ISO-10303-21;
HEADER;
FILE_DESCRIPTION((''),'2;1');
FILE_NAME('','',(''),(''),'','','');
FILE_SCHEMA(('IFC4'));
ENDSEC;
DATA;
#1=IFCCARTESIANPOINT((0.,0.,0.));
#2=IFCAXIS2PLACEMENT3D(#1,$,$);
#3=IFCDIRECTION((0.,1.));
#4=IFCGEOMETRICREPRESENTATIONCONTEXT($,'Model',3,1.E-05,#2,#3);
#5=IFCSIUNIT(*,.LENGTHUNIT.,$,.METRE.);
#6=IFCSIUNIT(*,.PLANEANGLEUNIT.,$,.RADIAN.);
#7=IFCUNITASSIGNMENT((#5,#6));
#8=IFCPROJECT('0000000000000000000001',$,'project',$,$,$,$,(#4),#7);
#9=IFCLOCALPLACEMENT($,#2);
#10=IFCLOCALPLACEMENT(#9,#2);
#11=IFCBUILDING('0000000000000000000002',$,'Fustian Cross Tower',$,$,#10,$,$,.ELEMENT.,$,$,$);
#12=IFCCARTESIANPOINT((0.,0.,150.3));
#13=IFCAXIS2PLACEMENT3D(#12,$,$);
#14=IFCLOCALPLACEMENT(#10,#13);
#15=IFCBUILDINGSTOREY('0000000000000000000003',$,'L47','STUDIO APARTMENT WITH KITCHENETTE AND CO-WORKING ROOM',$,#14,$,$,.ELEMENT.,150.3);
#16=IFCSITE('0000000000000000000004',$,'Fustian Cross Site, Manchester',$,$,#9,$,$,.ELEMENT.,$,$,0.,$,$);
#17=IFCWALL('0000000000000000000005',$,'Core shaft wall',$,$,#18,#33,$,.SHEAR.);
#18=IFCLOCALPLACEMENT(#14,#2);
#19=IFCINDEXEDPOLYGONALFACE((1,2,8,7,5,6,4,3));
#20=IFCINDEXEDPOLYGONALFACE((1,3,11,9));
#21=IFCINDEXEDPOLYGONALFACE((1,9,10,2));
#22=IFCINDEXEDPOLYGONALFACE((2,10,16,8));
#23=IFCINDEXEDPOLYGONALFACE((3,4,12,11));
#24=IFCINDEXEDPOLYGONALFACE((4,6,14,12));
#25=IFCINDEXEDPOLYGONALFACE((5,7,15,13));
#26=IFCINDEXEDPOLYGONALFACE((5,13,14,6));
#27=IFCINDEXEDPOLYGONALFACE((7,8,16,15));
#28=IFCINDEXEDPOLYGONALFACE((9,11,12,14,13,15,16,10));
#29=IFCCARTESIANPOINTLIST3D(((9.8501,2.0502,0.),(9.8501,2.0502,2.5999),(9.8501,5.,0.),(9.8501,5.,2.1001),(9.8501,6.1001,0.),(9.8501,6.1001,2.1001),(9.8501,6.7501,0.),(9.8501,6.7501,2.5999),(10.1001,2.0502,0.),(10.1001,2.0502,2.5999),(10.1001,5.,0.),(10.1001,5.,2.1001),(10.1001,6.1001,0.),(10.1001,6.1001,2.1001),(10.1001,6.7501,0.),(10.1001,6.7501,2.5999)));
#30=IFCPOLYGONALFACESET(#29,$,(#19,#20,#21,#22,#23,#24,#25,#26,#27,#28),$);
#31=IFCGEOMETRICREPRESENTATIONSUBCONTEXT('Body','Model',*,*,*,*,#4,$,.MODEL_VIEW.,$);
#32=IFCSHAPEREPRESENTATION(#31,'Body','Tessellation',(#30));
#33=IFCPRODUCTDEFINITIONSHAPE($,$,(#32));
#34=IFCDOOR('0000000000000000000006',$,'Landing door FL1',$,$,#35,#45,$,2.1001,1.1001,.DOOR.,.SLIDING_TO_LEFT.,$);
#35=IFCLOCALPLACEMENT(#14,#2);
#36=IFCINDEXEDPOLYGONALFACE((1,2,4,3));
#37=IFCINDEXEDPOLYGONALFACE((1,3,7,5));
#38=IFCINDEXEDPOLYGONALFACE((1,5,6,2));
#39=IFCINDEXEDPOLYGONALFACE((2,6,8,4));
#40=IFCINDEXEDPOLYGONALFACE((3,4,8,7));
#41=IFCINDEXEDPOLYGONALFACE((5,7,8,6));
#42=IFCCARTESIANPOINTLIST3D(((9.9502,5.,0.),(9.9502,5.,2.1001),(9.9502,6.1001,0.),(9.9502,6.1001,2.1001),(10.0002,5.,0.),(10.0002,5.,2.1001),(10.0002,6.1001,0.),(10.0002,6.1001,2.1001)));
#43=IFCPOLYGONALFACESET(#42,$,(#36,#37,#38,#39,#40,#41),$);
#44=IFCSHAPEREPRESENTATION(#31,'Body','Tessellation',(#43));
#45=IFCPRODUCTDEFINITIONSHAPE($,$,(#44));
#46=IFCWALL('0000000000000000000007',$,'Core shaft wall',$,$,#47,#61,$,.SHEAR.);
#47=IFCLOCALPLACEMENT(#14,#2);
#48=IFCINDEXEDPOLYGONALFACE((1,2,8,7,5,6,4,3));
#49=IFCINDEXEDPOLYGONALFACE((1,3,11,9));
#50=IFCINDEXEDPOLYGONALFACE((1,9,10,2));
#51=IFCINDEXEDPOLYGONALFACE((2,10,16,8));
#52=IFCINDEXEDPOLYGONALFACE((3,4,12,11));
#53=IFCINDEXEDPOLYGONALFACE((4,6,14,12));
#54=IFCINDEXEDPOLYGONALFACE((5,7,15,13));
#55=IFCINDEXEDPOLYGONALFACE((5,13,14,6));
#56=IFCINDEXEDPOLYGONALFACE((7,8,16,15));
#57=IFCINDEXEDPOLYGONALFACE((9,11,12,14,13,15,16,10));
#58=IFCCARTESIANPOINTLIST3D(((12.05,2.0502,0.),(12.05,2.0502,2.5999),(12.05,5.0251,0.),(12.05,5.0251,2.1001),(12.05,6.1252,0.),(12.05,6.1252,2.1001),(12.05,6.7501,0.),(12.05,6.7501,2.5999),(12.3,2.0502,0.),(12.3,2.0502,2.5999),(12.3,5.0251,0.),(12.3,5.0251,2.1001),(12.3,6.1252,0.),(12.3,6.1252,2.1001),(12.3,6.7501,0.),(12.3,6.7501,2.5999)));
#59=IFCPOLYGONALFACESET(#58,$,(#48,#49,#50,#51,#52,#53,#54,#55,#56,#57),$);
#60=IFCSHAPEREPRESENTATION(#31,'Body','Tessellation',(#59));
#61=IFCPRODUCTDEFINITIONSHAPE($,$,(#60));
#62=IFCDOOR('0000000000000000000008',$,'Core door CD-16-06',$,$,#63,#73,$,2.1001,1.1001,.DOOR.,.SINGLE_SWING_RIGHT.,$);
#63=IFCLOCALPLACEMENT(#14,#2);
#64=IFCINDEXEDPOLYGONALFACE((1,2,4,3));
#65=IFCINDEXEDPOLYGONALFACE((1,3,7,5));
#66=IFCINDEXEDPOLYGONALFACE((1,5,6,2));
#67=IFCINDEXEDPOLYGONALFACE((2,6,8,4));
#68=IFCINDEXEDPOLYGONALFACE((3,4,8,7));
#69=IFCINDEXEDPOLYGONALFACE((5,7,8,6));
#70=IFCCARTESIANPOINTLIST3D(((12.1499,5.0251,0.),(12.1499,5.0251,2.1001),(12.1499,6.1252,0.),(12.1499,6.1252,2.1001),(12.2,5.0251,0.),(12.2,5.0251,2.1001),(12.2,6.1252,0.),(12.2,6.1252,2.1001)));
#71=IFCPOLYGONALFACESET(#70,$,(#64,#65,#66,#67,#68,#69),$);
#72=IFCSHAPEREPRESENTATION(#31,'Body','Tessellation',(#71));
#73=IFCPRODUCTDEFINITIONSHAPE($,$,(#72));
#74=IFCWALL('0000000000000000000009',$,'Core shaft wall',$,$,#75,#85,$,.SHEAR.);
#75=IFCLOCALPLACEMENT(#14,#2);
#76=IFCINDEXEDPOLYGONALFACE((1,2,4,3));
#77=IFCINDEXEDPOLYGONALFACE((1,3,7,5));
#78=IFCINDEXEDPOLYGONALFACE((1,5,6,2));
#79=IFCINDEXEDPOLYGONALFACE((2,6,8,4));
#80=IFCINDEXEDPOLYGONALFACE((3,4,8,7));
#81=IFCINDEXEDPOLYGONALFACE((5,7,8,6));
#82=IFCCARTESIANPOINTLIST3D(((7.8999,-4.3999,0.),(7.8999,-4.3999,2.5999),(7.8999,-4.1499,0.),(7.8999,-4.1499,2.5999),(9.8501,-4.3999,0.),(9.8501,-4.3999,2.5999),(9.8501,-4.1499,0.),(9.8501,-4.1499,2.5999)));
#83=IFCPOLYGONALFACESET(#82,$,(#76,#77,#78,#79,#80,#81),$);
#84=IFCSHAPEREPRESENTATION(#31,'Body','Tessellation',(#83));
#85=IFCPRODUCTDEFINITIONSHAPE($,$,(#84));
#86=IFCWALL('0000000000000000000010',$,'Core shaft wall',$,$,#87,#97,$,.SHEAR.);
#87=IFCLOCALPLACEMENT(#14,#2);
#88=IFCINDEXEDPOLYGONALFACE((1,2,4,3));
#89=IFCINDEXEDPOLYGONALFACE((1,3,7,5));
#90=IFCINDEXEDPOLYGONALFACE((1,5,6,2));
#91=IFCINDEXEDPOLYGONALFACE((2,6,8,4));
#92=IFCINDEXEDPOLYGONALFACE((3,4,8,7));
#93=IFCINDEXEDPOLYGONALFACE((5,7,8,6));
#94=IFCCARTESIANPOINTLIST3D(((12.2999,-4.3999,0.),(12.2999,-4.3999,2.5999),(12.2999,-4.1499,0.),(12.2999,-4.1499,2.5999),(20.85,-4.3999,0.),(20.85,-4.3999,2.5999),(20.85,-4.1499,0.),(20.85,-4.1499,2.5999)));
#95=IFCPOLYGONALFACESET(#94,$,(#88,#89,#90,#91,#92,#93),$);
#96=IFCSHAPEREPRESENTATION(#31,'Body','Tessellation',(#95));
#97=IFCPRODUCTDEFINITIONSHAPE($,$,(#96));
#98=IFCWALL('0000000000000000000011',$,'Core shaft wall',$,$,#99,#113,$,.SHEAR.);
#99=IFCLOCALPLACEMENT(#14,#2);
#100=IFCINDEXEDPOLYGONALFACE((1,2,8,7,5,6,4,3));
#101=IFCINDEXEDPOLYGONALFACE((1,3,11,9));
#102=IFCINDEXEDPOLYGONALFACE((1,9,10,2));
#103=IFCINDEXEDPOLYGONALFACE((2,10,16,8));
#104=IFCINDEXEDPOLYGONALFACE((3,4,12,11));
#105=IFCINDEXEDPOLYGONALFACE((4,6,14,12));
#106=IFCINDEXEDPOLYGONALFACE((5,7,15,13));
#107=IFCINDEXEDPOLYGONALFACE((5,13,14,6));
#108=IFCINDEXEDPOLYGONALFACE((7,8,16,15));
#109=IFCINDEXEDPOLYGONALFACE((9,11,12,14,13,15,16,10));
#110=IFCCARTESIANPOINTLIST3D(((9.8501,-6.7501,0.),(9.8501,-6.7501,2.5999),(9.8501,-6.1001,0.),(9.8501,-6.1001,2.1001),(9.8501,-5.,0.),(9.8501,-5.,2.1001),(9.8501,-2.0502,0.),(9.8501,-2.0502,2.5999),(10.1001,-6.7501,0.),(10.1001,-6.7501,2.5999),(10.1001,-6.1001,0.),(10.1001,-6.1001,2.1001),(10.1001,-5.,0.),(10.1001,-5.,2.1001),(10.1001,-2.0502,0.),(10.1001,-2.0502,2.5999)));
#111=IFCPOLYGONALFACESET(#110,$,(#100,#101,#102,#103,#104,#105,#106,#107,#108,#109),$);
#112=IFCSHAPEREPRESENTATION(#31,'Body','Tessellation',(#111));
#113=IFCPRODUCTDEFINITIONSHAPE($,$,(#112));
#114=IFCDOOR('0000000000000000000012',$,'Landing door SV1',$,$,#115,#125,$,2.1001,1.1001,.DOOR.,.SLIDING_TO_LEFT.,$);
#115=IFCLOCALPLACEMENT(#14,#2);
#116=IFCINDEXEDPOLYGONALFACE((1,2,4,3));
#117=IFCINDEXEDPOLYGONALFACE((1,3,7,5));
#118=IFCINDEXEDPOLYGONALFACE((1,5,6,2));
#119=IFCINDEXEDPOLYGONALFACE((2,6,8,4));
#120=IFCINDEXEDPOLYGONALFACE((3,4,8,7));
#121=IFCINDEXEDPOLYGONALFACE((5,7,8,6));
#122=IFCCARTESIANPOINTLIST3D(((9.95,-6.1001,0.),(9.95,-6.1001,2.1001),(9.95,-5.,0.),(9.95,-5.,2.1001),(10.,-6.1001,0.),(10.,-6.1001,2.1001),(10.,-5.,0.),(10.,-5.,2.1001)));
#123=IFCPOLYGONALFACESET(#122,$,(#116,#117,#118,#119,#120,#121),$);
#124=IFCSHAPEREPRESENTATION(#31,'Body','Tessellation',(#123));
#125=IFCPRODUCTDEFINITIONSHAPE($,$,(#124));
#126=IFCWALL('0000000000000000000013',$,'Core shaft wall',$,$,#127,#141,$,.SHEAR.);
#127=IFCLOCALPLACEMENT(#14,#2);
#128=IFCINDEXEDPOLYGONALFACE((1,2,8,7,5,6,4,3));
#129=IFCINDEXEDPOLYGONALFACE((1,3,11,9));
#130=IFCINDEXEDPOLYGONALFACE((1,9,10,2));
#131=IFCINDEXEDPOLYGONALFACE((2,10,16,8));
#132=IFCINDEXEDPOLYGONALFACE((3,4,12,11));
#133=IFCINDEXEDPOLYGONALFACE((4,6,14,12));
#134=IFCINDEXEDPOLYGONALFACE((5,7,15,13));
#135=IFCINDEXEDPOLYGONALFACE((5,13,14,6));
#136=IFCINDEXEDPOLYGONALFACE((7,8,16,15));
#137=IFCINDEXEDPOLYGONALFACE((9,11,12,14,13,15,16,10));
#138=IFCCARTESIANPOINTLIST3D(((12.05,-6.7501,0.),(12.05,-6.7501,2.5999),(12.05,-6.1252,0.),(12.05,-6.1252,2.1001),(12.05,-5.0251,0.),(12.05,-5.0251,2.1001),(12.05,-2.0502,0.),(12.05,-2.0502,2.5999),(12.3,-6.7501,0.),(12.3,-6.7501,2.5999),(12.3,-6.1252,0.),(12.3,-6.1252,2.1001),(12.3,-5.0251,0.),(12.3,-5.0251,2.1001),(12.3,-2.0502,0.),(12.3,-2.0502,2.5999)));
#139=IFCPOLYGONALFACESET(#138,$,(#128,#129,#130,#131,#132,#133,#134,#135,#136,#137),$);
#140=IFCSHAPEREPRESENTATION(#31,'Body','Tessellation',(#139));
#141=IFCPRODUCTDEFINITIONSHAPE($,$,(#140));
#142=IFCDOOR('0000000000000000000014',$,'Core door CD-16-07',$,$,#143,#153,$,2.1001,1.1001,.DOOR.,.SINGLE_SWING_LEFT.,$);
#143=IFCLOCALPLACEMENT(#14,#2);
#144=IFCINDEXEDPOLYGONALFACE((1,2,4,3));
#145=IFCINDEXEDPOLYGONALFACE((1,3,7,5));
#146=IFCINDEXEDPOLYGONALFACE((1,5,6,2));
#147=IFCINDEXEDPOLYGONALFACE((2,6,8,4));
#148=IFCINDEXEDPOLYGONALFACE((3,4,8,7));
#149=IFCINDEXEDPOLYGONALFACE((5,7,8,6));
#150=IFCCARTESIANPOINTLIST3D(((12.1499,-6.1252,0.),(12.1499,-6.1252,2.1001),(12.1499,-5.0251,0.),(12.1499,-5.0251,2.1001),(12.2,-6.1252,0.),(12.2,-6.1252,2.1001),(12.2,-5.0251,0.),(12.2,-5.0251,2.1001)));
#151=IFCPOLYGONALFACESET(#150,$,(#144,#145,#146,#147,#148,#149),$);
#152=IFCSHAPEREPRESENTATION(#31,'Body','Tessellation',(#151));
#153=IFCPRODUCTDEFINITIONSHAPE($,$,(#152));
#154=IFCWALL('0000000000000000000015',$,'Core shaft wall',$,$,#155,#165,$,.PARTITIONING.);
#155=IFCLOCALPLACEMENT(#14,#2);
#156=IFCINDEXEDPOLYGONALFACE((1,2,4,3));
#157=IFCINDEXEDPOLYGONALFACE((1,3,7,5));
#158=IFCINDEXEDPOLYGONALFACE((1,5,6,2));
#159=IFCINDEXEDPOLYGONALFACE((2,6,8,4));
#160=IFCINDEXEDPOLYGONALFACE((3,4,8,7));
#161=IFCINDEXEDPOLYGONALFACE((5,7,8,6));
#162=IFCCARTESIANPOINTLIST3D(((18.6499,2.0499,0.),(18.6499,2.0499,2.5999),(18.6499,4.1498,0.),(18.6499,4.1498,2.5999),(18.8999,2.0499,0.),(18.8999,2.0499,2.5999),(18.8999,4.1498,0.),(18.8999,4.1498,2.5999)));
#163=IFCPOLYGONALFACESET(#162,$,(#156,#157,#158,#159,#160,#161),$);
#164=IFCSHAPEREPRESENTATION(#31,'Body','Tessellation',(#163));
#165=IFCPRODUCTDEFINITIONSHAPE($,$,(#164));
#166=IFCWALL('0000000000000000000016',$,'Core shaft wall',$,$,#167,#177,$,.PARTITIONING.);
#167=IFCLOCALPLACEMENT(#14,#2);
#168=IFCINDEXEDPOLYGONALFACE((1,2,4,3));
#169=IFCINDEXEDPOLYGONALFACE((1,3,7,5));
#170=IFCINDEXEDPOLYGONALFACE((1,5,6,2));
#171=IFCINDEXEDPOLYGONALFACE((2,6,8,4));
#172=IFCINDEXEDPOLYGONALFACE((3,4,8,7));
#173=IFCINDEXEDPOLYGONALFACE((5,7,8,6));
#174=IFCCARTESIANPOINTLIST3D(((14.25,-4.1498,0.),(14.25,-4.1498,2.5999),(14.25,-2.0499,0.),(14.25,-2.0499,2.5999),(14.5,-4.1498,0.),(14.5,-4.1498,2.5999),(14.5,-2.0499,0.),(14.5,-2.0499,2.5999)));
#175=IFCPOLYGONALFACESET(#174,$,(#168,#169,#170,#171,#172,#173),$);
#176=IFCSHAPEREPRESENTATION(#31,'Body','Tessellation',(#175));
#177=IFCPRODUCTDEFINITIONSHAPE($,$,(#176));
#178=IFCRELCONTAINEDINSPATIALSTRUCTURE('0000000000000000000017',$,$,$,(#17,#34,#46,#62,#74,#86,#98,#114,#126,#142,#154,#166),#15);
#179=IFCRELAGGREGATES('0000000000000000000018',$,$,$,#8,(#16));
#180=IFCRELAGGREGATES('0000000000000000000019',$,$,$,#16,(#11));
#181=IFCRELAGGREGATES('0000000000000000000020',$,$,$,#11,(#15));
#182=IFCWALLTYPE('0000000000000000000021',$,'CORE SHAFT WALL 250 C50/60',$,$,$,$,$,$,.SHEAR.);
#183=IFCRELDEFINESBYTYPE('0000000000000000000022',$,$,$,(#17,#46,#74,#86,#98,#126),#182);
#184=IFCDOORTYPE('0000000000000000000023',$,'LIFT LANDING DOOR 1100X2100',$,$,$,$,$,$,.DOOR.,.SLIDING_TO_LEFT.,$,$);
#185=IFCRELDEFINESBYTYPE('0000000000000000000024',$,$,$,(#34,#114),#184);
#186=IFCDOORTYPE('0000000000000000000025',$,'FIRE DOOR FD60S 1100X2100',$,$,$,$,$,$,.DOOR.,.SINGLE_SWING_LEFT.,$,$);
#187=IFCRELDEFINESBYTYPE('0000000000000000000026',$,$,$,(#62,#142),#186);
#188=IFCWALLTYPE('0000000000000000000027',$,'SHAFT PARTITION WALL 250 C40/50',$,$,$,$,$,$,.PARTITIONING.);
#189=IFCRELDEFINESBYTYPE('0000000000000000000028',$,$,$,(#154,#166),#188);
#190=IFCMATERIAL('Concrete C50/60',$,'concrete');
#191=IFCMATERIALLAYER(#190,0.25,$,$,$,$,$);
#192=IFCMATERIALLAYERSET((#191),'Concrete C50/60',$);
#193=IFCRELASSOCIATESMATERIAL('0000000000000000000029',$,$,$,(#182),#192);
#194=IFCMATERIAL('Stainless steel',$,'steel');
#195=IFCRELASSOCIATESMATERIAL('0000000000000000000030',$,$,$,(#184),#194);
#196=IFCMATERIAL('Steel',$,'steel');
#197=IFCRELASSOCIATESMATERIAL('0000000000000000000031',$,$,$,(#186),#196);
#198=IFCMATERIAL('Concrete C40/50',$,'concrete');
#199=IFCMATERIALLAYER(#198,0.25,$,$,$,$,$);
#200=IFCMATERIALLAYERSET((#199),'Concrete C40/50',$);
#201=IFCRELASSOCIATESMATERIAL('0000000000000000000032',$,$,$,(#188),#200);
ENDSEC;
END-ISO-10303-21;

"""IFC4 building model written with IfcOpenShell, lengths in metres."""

from ifc_helpers import new_model, si_unit, direction, frame, frame_2d, origin, place, context, subcontext, project, spatial, rectangle, extrude, material, layer, layer_set, type_object, element, fill, save


model = new_model("IFC4")

# Units and contexts
model_context = context("Model", 3, precision=1e-05, world=origin(), true_north=direction((0.0, 1.0)))
body_context = subcontext(model_context, "Body", "Model", "MODEL_VIEW")
ifc_project = project(units=[si_unit("LENGTHUNIT", "METRE"), si_unit("PLANEANGLEUNIT", "RADIAN")], contexts=[model_context])

# Site, building, storey
site_placement = place(None, origin())
site = spatial("IfcSite", under=ifc_project, at=site_placement, Name="Fustian Cross Site, Manchester", CompositionType="ELEMENT", RefElevation=0.0)
building_placement = place(site_placement, origin())
building = spatial("IfcBuilding", under=site, at=building_placement, Name="Fustian Cross Tower", CompositionType="ELEMENT")
storey_placement = place(building_placement, frame((0.0, 0.0, 150.3)))
storey = spatial("IfcBuildingStorey", under=building, at=storey_placement, Name="L47", Description="STUDIO APARTMENT WITH KITCHENETTE AND CO-WORKING ROOM", CompositionType="ELEMENT", Elevation=150.3)

# Shared definitions
ifc_material_1 = material(Name="Concrete C50/60", Category="concrete")
ifc_layer_1 = layer(ifc_material_1, 0.25)
ifc_layer_set_1 = layer_set([ifc_layer_1], Name="Concrete C50/60")
wall_type_1 = type_object("IfcWallType", Name="CORE SHAFT WALL 250 C50/60", PredefinedType="SHEAR", material=ifc_layer_set_1)

# Walls, openings, doors
wall_1_placement = place(storey_placement, frame((9.9751, 2.05, 0.0), z_axis=(0.0, 0.0, 1.0), x_axis=(0.0, 1.0, 0.0)))
wall_1 = element("IfcWall", 1, at=wall_1_placement, inside=storey, type_object=wall_type_1, Name="Core shaft wall", PredefinedType="SHEAR", context=body_context, shape_type="SweptSolid", body=[
    extrude(rectangle(XDim=4.7, YDim=0.25, at=frame_2d((2.3501, 0.0))), origin(), (0.0, 0.0, 1.0), 2.5999),
])
opening_1_placement = place(wall_1_placement, frame((2.95, 0.0, 0.0)))
opening_1 = element("IfcOpeningElement", 2, at=opening_1_placement, cuts=wall_1, PredefinedType="OPENING", context=body_context, shape_type="SweptSolid", body=[
    extrude(rectangle(XDim=1.1001, YDim=2.1001, at=frame_2d((0.55, 1.05))), frame((0.0, 0.135, 0.0), z_axis=(0.0, -1.0, 0.0), x_axis=(1.0, 0.0, 0.0)), (0.0, 0.0, 1.0), 0.27),
])
ifc_material_2 = material(Name="Stainless steel", Category="steel")
door_type_1 = type_object("IfcDoorType", Name="LIFT LANDING DOOR 1100X2100", OperationType="SLIDING_TO_LEFT", PredefinedType="DOOR", material=ifc_material_2)
door_1_placement = place(opening_1_placement, origin())
door_1 = element("IfcDoor", 3, at=door_1_placement, inside=storey, type_object=door_type_1, Name="Landing door FL1", OperationType="SLIDING_TO_LEFT", OverallHeight=2.1001, OverallWidth=1.1001, PredefinedType="DOOR", context=body_context, shape_type="SweptSolid", body=[
    extrude(rectangle(XDim=1.1001, YDim=2.1001, at=frame_2d((0.55, 1.05))), frame((0.0, 0.0249, 0.0), z_axis=(0.0, -1.0, 0.0), x_axis=(1.0, 0.0, 0.0)), (0.0, 0.0, 1.0), 0.05),
])
fill(opening_1, door_1)
wall_2_placement = place(storey_placement, frame((12.175, 2.05, 0.0), z_axis=(0.0, 0.0, 1.0), x_axis=(0.0, 1.0, 0.0)))
wall_2 = element("IfcWall", 4, at=wall_2_placement, inside=storey, type_object=wall_type_1, Name="Core shaft wall", PredefinedType="SHEAR", context=body_context, shape_type="SweptSolid", body=[
    extrude(rectangle(XDim=4.7, YDim=0.25, at=frame_2d((2.3501, 0.0))), origin(), (0.0, 0.0, 1.0), 2.5999),
])
opening_2_placement = place(wall_2_placement, frame((2.9751, 0.0, 0.0)))
opening_2 = element("IfcOpeningElement", 5, at=opening_2_placement, cuts=wall_2, PredefinedType="OPENING", context=body_context, shape_type="SweptSolid", body=[
    extrude(rectangle(XDim=1.1001, YDim=2.1001, at=frame_2d((0.55, 1.05))), frame((0.0, 0.135, 0.0), z_axis=(0.0, -1.0, 0.0), x_axis=(1.0, 0.0, 0.0)), (0.0, 0.0, 1.0), 0.27),
])
ifc_material_3 = material(Name="Steel", Category="steel")
door_type_2 = type_object("IfcDoorType", Name="FIRE DOOR FD60S 1100X2100", OperationType="SINGLE_SWING_LEFT", PredefinedType="DOOR", material=ifc_material_3)
door_2_placement = place(opening_2_placement, frame((1.1001, 0.0, 0.0), z_axis=(0.0, 0.0, 1.0), x_axis=(-1.0, 0.0, 0.0)))
door_2 = element("IfcDoor", 6, at=door_2_placement, inside=storey, type_object=door_type_2, Name="Core door CD-16-06", OperationType="SINGLE_SWING_RIGHT", OverallHeight=2.1001, OverallWidth=1.1001, PredefinedType="DOOR", context=body_context, shape_type="SweptSolid", body=[
    extrude(rectangle(XDim=1.1001, YDim=2.1001, at=frame_2d((0.55, 1.05))), frame((0.0, 0.0249, 0.0), z_axis=(0.0, -1.0, 0.0), x_axis=(1.0, 0.0, 0.0)), (0.0, 0.0, 1.0), 0.05),
])
fill(opening_2, door_2)

# Walls
wall_3_placement = place(storey_placement, frame((7.8999, -4.2749, 0.0), z_axis=(0.0, 0.0, 1.0), x_axis=(1.0, 0.0, 0.0)))
element("IfcWall", 7, at=wall_3_placement, inside=storey, type_object=wall_type_1, Name="Core shaft wall", PredefinedType="SHEAR", context=body_context, shape_type="SweptSolid", body=[
    extrude(rectangle(XDim=1.9502, YDim=0.25, at=frame_2d((0.9751, 0.0))), origin(), (0.0, 0.0, 1.0), 2.5999),
])
wall_4_placement = place(storey_placement, frame((12.3, -4.2749, 0.0), z_axis=(0.0, 0.0, 1.0), x_axis=(1.0, 0.0, 0.0)))
element("IfcWall", 8, at=wall_4_placement, inside=storey, type_object=wall_type_1, Name="Core shaft wall", PredefinedType="SHEAR", context=body_context, shape_type="SweptSolid", body=[
    extrude(rectangle(XDim=8.55, YDim=0.25, at=frame_2d((4.2749, 0.0))), origin(), (0.0, 0.0, 1.0), 2.5999),
])

# Walls, openings, doors
wall_5_placement = place(storey_placement, frame((9.9751, -2.05, 0.0), z_axis=(0.0, 0.0, 1.0), x_axis=(0.0, -1.0, 0.0)))
wall_5 = element("IfcWall", 9, at=wall_5_placement, inside=storey, type_object=wall_type_1, Name="Core shaft wall", PredefinedType="SHEAR", context=body_context, shape_type="SweptSolid", body=[
    extrude(rectangle(XDim=4.7, YDim=0.25, at=frame_2d((2.3501, 0.0))), origin(), (0.0, 0.0, 1.0), 2.5999),
])
opening_3_placement = place(wall_5_placement, frame((2.95, 0.0, 0.0)))
opening_3 = element("IfcOpeningElement", 10, at=opening_3_placement, cuts=wall_5, PredefinedType="OPENING", context=body_context, shape_type="SweptSolid", body=[
    extrude(rectangle(XDim=1.1001, YDim=2.1001, at=frame_2d((0.55, 1.05))), frame((0.0, 0.135, 0.0), z_axis=(0.0, -1.0, 0.0), x_axis=(1.0, 0.0, 0.0)), (0.0, 0.0, 1.0), 0.27),
])
door_3_placement = place(opening_3_placement, origin())
door_3 = element("IfcDoor", 11, at=door_3_placement, inside=storey, type_object=door_type_1, Name="Landing door SV1", OperationType="SLIDING_TO_LEFT", OverallHeight=2.1001, OverallWidth=1.1001, PredefinedType="DOOR", context=body_context, shape_type="SweptSolid", body=[
    extrude(rectangle(XDim=1.1001, YDim=2.1001, at=frame_2d((0.55, 1.05))), frame((0.0, 0.0249, 0.0), z_axis=(0.0, -1.0, 0.0), x_axis=(1.0, 0.0, 0.0)), (0.0, 0.0, 1.0), 0.05),
])
fill(opening_3, door_3)
wall_6_placement = place(storey_placement, frame((12.175, -2.05, 0.0), z_axis=(0.0, 0.0, 1.0), x_axis=(0.0, -1.0, 0.0)))
wall_6 = element("IfcWall", 12, at=wall_6_placement, inside=storey, type_object=wall_type_1, Name="Core shaft wall", PredefinedType="SHEAR", context=body_context, shape_type="SweptSolid", body=[
    extrude(rectangle(XDim=4.7, YDim=0.25, at=frame_2d((2.3501, 0.0))), origin(), (0.0, 0.0, 1.0), 2.5999),
])
opening_4_placement = place(wall_6_placement, frame((2.9751, 0.0, 0.0)))
opening_4 = element("IfcOpeningElement", 13, at=opening_4_placement, cuts=wall_6, PredefinedType="OPENING", context=body_context, shape_type="SweptSolid", body=[
    extrude(rectangle(XDim=1.1001, YDim=2.1001, at=frame_2d((0.55, 1.05))), frame((0.0, 0.135, 0.0), z_axis=(0.0, -1.0, 0.0), x_axis=(1.0, 0.0, 0.0)), (0.0, 0.0, 1.0), 0.27),
])
door_4_placement = place(opening_4_placement, origin())
door_4 = element("IfcDoor", 14, at=door_4_placement, inside=storey, type_object=door_type_2, Name="Core door CD-16-07", OperationType="SINGLE_SWING_LEFT", OverallHeight=2.1001, OverallWidth=1.1001, PredefinedType="DOOR", context=body_context, shape_type="SweptSolid", body=[
    extrude(rectangle(XDim=1.1001, YDim=2.1001, at=frame_2d((0.55, 1.05))), frame((0.0, 0.0249, 0.0), z_axis=(0.0, -1.0, 0.0), x_axis=(1.0, 0.0, 0.0)), (0.0, 0.0, 1.0), 0.05),
])
fill(opening_4, door_4)

# Walls
ifc_material_4 = material(Name="Concrete C40/50", Category="concrete")
ifc_layer_2 = layer(ifc_material_4, 0.25)
ifc_layer_set_2 = layer_set([ifc_layer_2], Name="Concrete C40/50")
wall_type_2 = type_object("IfcWallType", Name="SHAFT PARTITION WALL 250 C40/50", PredefinedType="PARTITIONING", material=ifc_layer_set_2)
for number, where, z_axis, x_axis, name in (
    (15, (18.7749, 2.05, 0.0), (0.0, 0.0, 1.0), (0.0, 1.0, 0.0), "Core shaft wall"),
    (16, (14.375, -2.05, 0.0), (0.0, 0.0, 1.0), (0.0, -1.0, 0.0), "Core shaft wall"),
):
    element("IfcWall", number, at=place(storey_placement, frame(where, z_axis=z_axis, x_axis=x_axis)), inside=storey, type_object=wall_type_2, Name=name, PredefinedType="PARTITIONING", context=body_context, shape_type="SweptSolid", body=[
        extrude(rectangle(XDim=2.0999, YDim=0.25, at=frame_2d((1.0498, 0.0))), origin(), (0.0, 0.0, 1.0), 2.5999),
    ])

save(model, "model.ifc")
